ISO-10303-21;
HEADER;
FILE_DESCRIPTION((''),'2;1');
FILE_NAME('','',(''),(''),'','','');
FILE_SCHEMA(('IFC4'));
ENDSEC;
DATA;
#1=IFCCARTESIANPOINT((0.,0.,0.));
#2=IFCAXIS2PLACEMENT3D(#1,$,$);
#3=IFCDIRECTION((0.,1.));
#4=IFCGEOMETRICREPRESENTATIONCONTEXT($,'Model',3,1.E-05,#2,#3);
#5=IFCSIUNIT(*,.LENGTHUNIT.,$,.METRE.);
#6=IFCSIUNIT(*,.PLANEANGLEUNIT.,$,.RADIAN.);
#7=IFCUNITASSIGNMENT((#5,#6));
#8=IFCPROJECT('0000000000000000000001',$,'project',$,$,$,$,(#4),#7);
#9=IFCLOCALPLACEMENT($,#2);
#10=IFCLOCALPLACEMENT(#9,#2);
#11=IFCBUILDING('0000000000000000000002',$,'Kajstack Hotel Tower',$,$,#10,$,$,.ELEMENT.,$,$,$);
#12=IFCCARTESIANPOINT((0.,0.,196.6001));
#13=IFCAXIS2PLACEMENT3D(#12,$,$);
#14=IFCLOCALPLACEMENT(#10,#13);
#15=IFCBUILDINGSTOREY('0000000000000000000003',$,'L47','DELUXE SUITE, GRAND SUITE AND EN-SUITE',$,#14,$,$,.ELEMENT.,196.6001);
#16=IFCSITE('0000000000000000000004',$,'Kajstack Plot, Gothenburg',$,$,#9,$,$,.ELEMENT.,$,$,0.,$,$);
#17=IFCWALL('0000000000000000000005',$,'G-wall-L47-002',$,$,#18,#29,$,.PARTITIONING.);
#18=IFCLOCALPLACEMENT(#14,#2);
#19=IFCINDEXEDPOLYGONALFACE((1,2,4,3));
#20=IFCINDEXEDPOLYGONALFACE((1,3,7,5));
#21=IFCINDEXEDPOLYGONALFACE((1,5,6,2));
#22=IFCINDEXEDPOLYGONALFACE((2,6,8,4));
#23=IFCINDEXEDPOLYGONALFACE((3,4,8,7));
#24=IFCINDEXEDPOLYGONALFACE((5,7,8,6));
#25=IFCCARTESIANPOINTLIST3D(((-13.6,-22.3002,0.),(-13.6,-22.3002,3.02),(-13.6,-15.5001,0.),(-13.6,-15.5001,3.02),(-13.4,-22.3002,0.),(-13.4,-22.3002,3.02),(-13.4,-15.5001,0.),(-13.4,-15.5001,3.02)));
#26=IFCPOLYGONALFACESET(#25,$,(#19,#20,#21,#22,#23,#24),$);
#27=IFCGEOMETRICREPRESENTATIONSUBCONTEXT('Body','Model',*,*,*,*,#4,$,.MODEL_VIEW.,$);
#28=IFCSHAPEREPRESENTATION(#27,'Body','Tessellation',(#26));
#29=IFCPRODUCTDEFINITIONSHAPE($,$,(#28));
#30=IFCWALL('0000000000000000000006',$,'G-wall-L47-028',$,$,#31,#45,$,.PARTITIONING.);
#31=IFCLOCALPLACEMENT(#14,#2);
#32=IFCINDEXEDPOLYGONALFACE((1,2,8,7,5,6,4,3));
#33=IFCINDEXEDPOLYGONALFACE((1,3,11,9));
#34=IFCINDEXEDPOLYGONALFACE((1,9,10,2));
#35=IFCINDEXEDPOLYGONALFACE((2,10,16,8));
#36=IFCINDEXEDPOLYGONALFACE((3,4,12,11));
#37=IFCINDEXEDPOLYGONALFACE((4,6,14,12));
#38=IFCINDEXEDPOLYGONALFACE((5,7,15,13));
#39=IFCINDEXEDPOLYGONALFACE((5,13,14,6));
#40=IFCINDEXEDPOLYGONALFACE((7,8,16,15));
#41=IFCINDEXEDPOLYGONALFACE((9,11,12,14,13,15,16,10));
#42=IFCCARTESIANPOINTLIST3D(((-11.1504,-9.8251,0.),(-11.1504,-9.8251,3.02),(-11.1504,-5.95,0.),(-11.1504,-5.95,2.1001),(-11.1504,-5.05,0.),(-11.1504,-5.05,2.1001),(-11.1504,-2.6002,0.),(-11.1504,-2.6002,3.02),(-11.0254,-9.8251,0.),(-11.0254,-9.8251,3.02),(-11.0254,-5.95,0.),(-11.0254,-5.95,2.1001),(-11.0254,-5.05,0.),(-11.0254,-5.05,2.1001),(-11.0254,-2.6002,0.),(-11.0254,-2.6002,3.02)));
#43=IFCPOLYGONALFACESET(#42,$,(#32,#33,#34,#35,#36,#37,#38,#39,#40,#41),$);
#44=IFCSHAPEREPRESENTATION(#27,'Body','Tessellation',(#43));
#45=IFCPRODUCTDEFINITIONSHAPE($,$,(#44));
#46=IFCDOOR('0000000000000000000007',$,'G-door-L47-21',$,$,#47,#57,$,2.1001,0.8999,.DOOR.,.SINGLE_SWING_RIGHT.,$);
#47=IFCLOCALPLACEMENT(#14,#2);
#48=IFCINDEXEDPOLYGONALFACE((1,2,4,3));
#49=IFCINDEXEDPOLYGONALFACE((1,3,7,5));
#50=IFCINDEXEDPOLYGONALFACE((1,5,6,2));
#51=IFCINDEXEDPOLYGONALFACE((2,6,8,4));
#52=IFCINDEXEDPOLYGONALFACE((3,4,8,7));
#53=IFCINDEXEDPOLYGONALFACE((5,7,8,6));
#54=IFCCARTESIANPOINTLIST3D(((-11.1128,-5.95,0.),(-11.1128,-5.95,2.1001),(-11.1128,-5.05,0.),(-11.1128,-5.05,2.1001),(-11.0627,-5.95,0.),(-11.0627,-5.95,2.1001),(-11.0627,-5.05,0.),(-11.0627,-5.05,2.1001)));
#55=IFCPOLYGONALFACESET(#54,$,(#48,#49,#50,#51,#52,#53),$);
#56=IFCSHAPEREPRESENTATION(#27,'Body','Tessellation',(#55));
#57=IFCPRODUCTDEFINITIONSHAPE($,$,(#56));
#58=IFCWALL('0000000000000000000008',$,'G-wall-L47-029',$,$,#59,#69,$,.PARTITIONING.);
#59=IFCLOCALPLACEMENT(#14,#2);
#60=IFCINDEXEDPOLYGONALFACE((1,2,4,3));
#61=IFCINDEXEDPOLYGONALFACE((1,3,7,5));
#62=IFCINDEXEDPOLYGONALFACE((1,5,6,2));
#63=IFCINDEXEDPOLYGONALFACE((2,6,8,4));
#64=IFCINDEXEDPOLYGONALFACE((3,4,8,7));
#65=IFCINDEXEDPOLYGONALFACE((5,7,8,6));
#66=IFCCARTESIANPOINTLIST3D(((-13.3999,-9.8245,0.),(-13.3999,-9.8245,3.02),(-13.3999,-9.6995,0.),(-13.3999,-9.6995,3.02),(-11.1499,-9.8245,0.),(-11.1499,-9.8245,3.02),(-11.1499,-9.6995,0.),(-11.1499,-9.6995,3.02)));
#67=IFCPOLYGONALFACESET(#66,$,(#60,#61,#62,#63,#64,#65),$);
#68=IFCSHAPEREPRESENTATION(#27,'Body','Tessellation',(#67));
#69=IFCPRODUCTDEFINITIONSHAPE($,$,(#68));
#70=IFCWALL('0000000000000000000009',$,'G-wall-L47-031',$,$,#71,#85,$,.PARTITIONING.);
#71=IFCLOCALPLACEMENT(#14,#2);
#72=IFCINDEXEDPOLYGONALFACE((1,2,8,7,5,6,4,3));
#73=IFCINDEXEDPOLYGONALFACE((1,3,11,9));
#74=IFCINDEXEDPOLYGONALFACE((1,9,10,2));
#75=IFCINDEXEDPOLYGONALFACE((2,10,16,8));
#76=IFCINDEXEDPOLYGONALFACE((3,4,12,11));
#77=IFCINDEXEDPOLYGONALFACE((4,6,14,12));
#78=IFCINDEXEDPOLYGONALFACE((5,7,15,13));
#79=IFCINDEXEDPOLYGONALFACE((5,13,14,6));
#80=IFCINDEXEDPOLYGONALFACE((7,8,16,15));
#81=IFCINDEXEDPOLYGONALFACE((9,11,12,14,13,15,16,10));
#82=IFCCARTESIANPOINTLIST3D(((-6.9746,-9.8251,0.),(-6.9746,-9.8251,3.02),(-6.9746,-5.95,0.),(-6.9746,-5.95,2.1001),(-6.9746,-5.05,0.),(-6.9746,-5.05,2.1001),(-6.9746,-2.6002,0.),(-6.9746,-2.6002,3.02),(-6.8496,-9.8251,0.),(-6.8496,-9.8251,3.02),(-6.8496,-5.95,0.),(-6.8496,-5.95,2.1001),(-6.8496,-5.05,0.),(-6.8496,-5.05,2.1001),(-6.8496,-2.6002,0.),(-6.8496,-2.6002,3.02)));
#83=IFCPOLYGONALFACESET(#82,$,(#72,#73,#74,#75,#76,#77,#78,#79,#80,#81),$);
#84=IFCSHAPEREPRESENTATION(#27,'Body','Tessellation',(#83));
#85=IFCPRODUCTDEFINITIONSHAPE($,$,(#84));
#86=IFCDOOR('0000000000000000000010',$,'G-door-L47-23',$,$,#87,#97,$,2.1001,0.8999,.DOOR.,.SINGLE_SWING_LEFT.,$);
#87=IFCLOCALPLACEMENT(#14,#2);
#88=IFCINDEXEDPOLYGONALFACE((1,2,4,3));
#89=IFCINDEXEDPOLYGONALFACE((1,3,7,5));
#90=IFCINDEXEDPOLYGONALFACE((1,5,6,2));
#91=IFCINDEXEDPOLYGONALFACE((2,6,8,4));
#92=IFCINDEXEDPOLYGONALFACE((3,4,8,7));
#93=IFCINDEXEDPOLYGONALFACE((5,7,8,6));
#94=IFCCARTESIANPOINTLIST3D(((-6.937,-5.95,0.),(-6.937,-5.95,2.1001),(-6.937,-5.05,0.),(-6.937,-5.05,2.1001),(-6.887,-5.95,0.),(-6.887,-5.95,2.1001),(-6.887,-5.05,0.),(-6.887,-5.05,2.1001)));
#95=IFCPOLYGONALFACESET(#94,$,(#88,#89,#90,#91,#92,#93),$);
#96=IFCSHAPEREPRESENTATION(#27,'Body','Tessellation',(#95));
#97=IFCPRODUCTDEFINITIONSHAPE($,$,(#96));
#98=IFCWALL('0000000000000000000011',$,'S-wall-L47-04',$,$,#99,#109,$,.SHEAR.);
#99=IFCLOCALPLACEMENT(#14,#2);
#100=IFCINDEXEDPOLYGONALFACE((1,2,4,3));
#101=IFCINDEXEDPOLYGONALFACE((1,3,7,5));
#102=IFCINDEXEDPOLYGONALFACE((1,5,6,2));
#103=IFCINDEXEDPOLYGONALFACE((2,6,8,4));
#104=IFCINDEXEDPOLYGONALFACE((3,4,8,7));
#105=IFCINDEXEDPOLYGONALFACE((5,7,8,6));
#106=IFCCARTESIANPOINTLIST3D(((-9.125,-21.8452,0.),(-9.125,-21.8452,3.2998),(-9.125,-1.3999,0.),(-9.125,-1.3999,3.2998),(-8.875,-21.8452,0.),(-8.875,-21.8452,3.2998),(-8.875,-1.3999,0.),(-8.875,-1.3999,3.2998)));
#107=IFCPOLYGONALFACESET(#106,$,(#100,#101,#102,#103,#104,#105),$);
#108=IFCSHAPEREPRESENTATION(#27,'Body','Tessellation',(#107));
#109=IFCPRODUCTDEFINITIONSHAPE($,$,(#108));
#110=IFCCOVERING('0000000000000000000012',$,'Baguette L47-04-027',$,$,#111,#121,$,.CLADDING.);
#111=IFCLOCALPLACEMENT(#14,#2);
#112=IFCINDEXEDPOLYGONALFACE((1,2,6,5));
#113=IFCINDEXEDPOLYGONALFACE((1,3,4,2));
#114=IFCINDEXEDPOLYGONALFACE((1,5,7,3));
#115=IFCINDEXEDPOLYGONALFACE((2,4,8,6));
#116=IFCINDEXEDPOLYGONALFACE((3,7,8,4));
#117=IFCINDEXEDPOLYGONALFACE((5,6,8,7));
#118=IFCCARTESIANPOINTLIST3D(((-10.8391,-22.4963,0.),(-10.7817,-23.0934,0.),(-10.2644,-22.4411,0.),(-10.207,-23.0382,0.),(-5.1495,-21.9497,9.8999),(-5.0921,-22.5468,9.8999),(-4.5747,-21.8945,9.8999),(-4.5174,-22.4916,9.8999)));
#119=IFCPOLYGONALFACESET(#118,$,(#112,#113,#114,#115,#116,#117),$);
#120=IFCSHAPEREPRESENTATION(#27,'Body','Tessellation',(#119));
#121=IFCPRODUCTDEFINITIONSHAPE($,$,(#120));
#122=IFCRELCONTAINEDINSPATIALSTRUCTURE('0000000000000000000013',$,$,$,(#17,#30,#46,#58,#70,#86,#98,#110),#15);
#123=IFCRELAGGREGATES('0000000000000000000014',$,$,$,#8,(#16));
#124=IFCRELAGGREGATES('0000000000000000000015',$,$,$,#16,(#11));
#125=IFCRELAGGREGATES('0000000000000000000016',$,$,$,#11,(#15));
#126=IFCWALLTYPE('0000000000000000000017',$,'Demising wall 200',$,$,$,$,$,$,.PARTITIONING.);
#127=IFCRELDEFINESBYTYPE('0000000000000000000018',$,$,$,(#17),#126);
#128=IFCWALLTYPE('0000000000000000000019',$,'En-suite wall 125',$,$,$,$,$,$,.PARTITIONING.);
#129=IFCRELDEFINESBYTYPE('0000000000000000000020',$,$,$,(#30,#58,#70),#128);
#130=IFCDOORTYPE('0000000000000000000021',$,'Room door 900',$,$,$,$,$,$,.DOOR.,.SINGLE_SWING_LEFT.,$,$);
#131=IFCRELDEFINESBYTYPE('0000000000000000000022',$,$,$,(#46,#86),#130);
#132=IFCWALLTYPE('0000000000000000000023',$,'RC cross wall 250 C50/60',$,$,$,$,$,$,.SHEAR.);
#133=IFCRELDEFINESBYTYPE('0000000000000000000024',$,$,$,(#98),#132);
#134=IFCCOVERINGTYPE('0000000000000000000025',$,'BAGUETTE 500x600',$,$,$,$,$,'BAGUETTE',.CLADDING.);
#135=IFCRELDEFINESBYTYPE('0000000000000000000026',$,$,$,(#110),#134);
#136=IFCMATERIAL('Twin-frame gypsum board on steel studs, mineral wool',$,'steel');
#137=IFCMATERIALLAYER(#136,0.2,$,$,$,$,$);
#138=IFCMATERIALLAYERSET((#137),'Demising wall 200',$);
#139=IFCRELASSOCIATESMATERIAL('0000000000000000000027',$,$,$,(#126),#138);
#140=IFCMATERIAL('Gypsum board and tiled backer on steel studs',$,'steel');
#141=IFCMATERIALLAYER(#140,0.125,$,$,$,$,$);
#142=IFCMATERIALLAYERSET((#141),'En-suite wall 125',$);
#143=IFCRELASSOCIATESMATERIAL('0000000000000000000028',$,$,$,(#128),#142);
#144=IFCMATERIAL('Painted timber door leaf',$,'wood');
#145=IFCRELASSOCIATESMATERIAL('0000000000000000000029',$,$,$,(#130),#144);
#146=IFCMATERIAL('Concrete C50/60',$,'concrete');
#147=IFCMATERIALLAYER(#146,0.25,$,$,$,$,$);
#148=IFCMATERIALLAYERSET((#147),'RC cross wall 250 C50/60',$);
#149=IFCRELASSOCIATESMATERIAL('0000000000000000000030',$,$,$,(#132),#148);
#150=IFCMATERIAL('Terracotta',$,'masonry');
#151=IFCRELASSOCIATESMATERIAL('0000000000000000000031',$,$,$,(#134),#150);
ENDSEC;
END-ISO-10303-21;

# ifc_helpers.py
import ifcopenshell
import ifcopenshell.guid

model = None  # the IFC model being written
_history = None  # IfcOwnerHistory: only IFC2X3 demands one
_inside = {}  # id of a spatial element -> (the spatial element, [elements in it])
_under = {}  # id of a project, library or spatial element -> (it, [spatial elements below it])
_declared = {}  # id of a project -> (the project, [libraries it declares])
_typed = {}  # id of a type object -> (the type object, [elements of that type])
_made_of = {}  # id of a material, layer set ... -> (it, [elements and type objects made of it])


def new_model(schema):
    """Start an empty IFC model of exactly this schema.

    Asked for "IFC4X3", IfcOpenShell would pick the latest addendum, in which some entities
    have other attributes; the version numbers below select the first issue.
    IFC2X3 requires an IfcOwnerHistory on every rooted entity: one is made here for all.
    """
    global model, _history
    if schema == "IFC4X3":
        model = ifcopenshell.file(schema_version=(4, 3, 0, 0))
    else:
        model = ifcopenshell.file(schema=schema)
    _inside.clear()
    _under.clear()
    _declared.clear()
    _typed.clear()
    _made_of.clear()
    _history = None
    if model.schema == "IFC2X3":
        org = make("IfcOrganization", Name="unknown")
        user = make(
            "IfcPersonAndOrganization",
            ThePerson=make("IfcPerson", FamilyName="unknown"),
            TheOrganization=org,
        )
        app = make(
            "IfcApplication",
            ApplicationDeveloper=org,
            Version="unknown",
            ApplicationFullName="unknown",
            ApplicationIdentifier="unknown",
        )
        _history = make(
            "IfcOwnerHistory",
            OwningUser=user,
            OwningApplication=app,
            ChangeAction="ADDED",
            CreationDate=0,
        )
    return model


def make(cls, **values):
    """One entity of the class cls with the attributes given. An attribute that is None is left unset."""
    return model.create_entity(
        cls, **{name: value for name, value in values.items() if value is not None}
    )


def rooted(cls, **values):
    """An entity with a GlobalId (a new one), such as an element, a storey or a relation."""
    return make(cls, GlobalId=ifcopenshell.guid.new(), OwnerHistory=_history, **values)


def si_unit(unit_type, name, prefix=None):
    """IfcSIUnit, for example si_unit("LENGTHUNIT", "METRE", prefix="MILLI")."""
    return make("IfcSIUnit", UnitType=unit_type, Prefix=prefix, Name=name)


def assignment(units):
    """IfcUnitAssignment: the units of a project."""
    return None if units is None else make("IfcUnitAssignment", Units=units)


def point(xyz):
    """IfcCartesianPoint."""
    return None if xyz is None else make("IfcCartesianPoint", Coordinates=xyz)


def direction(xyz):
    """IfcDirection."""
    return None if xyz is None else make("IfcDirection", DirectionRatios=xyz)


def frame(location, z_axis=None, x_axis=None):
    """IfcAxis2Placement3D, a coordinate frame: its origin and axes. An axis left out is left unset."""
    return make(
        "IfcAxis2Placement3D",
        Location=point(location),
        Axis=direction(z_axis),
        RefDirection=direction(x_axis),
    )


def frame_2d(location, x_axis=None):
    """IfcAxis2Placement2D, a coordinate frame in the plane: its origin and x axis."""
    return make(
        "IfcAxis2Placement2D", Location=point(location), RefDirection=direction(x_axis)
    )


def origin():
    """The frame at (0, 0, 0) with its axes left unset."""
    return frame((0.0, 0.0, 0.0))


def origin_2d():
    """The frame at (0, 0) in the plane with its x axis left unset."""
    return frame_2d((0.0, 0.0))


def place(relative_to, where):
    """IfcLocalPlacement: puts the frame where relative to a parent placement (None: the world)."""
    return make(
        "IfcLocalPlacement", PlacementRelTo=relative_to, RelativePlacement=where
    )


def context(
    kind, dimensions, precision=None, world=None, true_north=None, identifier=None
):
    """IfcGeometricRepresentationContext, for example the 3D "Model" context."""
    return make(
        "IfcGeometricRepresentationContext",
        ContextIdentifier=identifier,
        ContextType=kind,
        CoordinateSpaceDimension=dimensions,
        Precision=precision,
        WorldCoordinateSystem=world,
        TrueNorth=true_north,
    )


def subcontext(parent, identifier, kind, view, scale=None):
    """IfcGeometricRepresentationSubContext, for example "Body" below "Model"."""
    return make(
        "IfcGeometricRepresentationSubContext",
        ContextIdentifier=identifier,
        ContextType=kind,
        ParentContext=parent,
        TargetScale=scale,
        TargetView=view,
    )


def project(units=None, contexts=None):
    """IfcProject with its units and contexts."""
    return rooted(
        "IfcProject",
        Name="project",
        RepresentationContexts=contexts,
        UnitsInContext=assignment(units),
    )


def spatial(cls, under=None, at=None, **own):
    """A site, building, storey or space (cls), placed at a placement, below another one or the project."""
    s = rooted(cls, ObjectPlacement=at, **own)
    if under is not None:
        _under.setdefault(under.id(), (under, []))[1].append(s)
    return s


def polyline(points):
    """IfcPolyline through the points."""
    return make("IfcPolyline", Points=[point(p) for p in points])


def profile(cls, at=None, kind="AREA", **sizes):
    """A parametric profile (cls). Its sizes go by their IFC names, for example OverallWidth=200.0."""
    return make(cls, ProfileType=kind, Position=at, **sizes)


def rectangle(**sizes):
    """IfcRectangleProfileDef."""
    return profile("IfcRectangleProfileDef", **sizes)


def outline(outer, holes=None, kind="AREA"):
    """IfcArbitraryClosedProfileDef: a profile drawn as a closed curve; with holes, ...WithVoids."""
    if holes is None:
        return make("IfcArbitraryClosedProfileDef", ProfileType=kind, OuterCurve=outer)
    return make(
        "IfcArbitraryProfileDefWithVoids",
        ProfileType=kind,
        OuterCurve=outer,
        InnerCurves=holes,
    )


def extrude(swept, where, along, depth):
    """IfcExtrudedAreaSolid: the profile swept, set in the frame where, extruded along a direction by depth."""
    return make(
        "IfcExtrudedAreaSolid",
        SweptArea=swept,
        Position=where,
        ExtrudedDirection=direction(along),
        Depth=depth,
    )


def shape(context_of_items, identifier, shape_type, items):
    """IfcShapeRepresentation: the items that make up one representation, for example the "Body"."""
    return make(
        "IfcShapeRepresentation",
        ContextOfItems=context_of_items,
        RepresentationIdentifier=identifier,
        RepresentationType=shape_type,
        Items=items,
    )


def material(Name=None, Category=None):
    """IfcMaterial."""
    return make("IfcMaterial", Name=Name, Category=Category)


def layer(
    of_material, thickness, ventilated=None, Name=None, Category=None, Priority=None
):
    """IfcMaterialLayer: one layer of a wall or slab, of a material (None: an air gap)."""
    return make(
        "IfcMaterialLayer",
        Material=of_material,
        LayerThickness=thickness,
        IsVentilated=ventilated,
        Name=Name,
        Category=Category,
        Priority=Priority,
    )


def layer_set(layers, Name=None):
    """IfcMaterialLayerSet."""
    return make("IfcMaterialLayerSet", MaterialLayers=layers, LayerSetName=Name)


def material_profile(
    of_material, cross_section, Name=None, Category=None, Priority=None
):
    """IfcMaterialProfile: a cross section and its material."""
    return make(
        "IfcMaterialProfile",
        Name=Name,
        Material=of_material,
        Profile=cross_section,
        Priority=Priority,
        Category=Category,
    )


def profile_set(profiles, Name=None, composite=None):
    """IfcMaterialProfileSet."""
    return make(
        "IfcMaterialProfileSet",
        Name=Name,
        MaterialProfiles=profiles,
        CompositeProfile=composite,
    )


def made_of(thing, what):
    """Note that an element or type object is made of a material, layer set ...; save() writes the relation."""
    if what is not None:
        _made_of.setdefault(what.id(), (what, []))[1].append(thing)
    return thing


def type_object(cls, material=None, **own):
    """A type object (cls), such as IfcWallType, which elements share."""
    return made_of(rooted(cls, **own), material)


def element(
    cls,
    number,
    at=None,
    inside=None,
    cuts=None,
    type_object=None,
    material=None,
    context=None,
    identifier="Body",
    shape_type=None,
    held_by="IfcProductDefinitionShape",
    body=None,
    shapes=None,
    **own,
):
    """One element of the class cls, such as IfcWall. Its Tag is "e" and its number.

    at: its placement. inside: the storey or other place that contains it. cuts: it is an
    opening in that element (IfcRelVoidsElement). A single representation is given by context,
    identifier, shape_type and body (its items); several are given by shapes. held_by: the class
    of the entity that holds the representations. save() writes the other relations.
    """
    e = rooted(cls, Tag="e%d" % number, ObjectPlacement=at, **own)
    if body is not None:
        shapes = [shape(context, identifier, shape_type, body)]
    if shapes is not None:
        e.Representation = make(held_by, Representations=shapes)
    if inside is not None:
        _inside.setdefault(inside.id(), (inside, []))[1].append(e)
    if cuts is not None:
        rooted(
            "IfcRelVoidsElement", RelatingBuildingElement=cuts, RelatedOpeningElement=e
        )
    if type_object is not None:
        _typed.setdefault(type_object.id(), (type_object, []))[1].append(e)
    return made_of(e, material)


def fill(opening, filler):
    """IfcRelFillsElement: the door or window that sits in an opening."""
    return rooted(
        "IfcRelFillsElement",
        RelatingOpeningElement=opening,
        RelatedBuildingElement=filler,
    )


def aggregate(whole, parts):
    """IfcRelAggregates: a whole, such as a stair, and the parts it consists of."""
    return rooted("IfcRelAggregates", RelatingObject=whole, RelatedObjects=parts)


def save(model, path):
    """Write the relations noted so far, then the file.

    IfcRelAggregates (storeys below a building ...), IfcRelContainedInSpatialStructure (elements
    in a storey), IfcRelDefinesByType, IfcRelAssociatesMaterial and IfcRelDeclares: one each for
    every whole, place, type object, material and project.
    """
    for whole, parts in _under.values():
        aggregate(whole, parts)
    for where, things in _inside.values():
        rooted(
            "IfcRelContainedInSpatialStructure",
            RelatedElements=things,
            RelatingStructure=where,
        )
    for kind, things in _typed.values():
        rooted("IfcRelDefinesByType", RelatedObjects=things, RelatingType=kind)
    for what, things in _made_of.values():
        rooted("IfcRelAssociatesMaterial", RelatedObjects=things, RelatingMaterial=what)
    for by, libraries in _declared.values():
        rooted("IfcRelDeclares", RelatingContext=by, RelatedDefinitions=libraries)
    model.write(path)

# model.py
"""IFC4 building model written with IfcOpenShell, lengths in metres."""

from ifc_helpers import new_model, si_unit, direction, frame, frame_2d, origin, origin_2d, place, context, subcontext, project, spatial, polyline, rectangle, outline, extrude, material, layer, layer_set, material_profile, profile_set, type_object, element, fill, save


model = new_model("IFC4")

# Units and contexts
model_context = context("Model", 3, precision=1e-05, world=origin(), true_north=direction((0.0, 1.0)))
body_context = subcontext(model_context, "Body", "Model", "MODEL_VIEW")
ifc_project = project(units=[si_unit("LENGTHUNIT", "METRE"), si_unit("PLANEANGLEUNIT", "RADIAN")], contexts=[model_context])

# Site, building, storey
site_placement = place(None, origin())
site = spatial("IfcSite", under=ifc_project, at=site_placement, Name="Kajstack Plot, Gothenburg", CompositionType="ELEMENT", RefElevation=0.0)
building_placement = place(site_placement, origin())
building = spatial("IfcBuilding", under=site, at=building_placement, Name="Kajstack Hotel Tower", CompositionType="ELEMENT")
storey_placement = place(building_placement, frame((0.0, 0.0, 196.6001)))
storey = spatial("IfcBuildingStorey", under=building, at=storey_placement, Name="L47", Description="DELUXE SUITE, GRAND SUITE AND EN-SUITE", CompositionType="ELEMENT", Elevation=196.6001)

# Wall
ifc_material_1 = material(Name="Twin-frame gypsum board on steel studs, mineral wool", Category="steel")
ifc_layer_1 = layer(ifc_material_1, 0.2)
ifc_layer_set_1 = layer_set([ifc_layer_1], Name="Demising wall 200")
wall_type_1 = type_object("IfcWallType", Name="Demising wall 200", PredefinedType="PARTITIONING", material=ifc_layer_set_1)
wall_1_placement = place(storey_placement, frame((-13.5, -22.3, 0.0), z_axis=(0.0, 0.0, 1.0), x_axis=(0.0, 1.0, 0.0)))
element("IfcWall", 1, at=wall_1_placement, inside=storey, type_object=wall_type_1, Name="G-wall-L47-002", PredefinedType="PARTITIONING", context=body_context, shape_type="SweptSolid", body=[
    extrude(rectangle(XDim=6.8, YDim=0.2, at=frame_2d((3.3999, 0.0))), origin(), (0.0, 0.0, 1.0), 3.02),
])

# Wall, opening, door
ifc_material_2 = material(Name="Gypsum board and tiled backer on steel studs", Category="steel")
ifc_layer_2 = layer(ifc_material_2, 0.125)
ifc_layer_set_2 = layer_set([ifc_layer_2], Name="En-suite wall 125")
wall_type_2 = type_object("IfcWallType", Name="En-suite wall 125", PredefinedType="PARTITIONING", material=ifc_layer_set_2)
wall_2_placement = place(storey_placement, frame((-11.0879, -9.825, 0.0), z_axis=(0.0, 0.0, 1.0), x_axis=(0.0, 1.0, 0.0)))
wall_2 = element("IfcWall", 2, at=wall_2_placement, inside=storey, type_object=wall_type_2, Name="G-wall-L47-028", PredefinedType="PARTITIONING", context=body_context, shape_type="SweptSolid", body=[
    extrude(rectangle(XDim=7.2249, YDim=0.125, at=frame_2d((3.6123, 0.0))), origin(), (0.0, 0.0, 1.0), 3.02),
])
opening_1_placement = place(wall_2_placement, frame((3.875, 0.0, 0.0)))
opening_1 = element("IfcOpeningElement", 3, at=opening_1_placement, cuts=wall_2, PredefinedType="OPENING", context=body_context, shape_type="SweptSolid", body=[
    extrude(rectangle(XDim=0.8999, YDim=2.1001, at=frame_2d((0.45, 1.05))), frame((0.0, 0.0725, 0.0), z_axis=(0.0, -1.0, 0.0), x_axis=(1.0, 0.0, 0.0)), (0.0, 0.0, 1.0), 0.145),
])
ifc_material_3 = material(Name="Painted timber door leaf", Category="wood")
door_type = type_object("IfcDoorType", Name="Room door 900", OperationType="SINGLE_SWING_LEFT", PredefinedType="DOOR", material=ifc_material_3)
door_1_placement = place(opening_1_placement, origin())
door_1 = element("IfcDoor", 4, at=door_1_placement, inside=storey, type_object=door_type, Name="G-door-L47-21", OperationType="SINGLE_SWING_RIGHT", OverallHeight=2.1001, OverallWidth=0.8999, PredefinedType="DOOR", context=body_context, shape_type="SweptSolid", body=[
    extrude(rectangle(XDim=0.8999, YDim=2.1001, at=frame_2d((0.45, 1.05))), frame((0.0, 0.0249, 0.0), z_axis=(0.0, -1.0, 0.0), x_axis=(1.0, 0.0, 0.0)), (0.0, 0.0, 1.0), 0.05),
])
fill(opening_1, door_1)

# Wall
wall_3_placement = place(storey_placement, frame((-13.3999, -9.762, 0.0), z_axis=(0.0, 0.0, 1.0), x_axis=(1.0, 0.0, 0.0)))
element("IfcWall", 5, at=wall_3_placement, inside=storey, type_object=wall_type_2, Name="G-wall-L47-029", PredefinedType="PARTITIONING", context=body_context, shape_type="SweptSolid", body=[
    extrude(rectangle(XDim=2.25, YDim=0.125, at=frame_2d((1.125, 0.0))), origin(), (0.0, 0.0, 1.0), 3.02),
])

# Wall, opening, door
wall_4_placement = place(storey_placement, frame((-6.9121, -9.825, 0.0), z_axis=(0.0, 0.0, 1.0), x_axis=(0.0, 1.0, 0.0)))
wall_4 = element("IfcWall", 6, at=wall_4_placement, inside=storey, type_object=wall_type_2, Name="G-wall-L47-031", PredefinedType="PARTITIONING", context=body_context, shape_type="SweptSolid", body=[
    extrude(rectangle(XDim=7.2249, YDim=0.125, at=frame_2d((3.6123, 0.0))), origin(), (0.0, 0.0, 1.0), 3.02),
])
opening_2_placement = place(wall_4_placement, frame((3.875, 0.0, 0.0)))
opening_2 = element("IfcOpeningElement", 7, at=opening_2_placement, cuts=wall_4, PredefinedType="OPENING", context=body_context, shape_type="SweptSolid", body=[
    extrude(rectangle(XDim=0.8999, YDim=2.1001, at=frame_2d((0.45, 1.05))), frame((0.0, 0.0725, 0.0), z_axis=(0.0, -1.0, 0.0), x_axis=(1.0, 0.0, 0.0)), (0.0, 0.0, 1.0), 0.145),
])
door_2_placement = place(opening_2_placement, origin())
door_2 = element("IfcDoor", 8, at=door_2_placement, inside=storey, type_object=door_type, Name="G-door-L47-23", OperationType="SINGLE_SWING_LEFT", OverallHeight=2.1001, OverallWidth=0.8999, PredefinedType="DOOR", context=body_context, shape_type="SweptSolid", body=[
    extrude(rectangle(XDim=0.8999, YDim=2.1001, at=frame_2d((0.45, 1.05))), frame((0.0, 0.0249, 0.0), z_axis=(0.0, -1.0, 0.0), x_axis=(1.0, 0.0, 0.0)), (0.0, 0.0, 1.0), 0.05),
])
fill(opening_2, door_2)

# Wall
ifc_material_4 = material(Name="Concrete C50/60", Category="concrete")
ifc_layer_3 = layer(ifc_material_4, 0.25)
ifc_layer_set_3 = layer_set([ifc_layer_3], Name="RC cross wall 250 C50/60")
wall_type_3 = type_object("IfcWallType", Name="RC cross wall 250 C50/60", PredefinedType="SHEAR", material=ifc_layer_set_3)
wall_5_placement = place(storey_placement, frame((-9.0, -21.8452, 0.0), z_axis=(0.0, 0.0, 1.0), x_axis=(0.0, 1.0, 0.0)))
element("IfcWall", 9, at=wall_5_placement, inside=storey, type_object=wall_type_3, Name="S-wall-L47-04", PredefinedType="SHEAR", context=body_context, shape_type="SweptSolid", body=[
    extrude(rectangle(XDim=20.4453, YDim=0.25, at=frame_2d((10.2227, 0.0))), origin(), (0.0, 0.0, 1.0), 3.2998),
])

# Covering
ifc_material_5 = material(Name="Terracotta", Category="masonry")
ifc_material_profile = material_profile(ifc_material_5, rectangle(XDim=0.6001, YDim=0.5, at=origin_2d()), Name="Terracotta-clad concrete baguette 500 x 600")
ifc_profile_set = profile_set([ifc_material_profile], Name="Terracotta")
covering_type = type_object("IfcCoveringType", Name="BAGUETTE 500x600", ElementType="BAGUETTE", PredefinedType="CLADDING", material=ifc_profile_set)
covering_placement = place(storey_placement, frame((-10.8391, -22.4963, 0.0), z_axis=(0.095635, -0.995416, 0.0), x_axis=(0.995416, 0.095635, 0.0)))
element("IfcCovering", 10, at=covering_placement, inside=storey, type_object=covering_type, Name="Baguette L47-04-027", PredefinedType="CLADDING", context=body_context, shape_type="SweptSolid", body=[
    extrude(outline(polyline([(5.7158, 9.8999), (0.0, 0.0), (0.5774, 0.0), (6.2932, 9.8999), (5.7158, 9.8999)])), origin(), (0.0, 0.0, 1.0), 0.5999),
])

save(model, "model.ifc")
